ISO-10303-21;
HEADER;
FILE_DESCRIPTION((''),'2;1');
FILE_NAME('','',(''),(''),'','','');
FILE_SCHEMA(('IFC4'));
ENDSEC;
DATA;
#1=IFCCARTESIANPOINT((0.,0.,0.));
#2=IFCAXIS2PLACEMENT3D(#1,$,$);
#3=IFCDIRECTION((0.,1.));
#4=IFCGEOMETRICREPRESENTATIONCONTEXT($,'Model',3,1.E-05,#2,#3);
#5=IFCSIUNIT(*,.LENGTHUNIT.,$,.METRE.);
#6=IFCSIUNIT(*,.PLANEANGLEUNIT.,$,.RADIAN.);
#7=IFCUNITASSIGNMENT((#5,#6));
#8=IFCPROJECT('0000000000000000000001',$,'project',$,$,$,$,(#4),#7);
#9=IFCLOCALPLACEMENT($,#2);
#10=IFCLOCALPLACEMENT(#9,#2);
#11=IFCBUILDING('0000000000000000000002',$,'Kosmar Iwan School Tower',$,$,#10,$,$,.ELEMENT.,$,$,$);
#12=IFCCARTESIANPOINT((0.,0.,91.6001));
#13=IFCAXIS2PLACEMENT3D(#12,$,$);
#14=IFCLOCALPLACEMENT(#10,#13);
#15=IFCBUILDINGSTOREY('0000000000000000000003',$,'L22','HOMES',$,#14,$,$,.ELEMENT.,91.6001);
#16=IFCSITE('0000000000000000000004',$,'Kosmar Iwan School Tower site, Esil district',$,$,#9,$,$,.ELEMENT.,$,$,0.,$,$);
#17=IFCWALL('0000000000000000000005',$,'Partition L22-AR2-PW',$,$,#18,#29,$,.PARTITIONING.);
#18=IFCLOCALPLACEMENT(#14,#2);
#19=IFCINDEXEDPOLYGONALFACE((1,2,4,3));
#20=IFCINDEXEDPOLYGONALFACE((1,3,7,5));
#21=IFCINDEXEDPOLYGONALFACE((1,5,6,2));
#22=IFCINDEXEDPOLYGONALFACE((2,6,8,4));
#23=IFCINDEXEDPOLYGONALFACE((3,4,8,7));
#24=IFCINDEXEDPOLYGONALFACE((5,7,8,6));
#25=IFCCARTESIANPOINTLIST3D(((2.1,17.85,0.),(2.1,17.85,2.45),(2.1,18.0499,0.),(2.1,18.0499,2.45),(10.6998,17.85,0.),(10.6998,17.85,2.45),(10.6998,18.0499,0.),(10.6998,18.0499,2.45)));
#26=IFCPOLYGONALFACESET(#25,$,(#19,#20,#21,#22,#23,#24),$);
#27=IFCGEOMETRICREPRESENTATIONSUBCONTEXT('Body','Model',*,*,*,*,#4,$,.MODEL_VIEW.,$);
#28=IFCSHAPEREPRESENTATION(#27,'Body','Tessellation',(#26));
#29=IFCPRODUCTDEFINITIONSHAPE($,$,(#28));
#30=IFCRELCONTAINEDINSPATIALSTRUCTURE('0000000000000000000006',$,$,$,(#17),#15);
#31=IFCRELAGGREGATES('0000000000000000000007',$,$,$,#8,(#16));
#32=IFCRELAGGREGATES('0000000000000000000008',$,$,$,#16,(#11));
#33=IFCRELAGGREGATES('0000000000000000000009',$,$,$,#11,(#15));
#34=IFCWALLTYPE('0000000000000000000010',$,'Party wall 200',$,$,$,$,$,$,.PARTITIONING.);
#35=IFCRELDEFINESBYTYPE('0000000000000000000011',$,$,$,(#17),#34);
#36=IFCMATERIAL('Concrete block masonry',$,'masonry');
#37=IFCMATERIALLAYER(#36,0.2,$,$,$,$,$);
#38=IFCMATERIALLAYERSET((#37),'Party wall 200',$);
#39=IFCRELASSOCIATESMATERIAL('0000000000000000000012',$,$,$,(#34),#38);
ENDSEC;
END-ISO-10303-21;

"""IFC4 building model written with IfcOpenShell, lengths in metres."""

from ifc_helpers import new_model, si_unit, direction, frame, frame_2d, origin, place, context, subcontext, project, spatial, rectangle, extrude, material, layer, layer_set, type_object, element, save


model = new_model("IFC4")

# Units and contexts
model_context = context("Model", 3, precision=1e-05, world=origin(), true_north=direction((0.0, 1.0)))
body_context = subcontext(model_context, "Body", "Model", "MODEL_VIEW")
ifc_project = project(units=[si_unit("LENGTHUNIT", "METRE"), si_unit("PLANEANGLEUNIT", "RADIAN")], contexts=[model_context])

# Site, building, storey
site_placement = place(None, origin())
site = spatial("IfcSite", under=ifc_project, at=site_placement, Name="Kosmar Iwan School Tower site, Esil district", CompositionType="ELEMENT", RefElevation=0.0)
building_placement = place(site_placement, origin())
building = spatial("IfcBuilding", under=site, at=building_placement, Name="Kosmar Iwan School Tower", CompositionType="ELEMENT")
storey_placement = place(building_placement, frame((0.0, 0.0, 91.6001)))
storey = spatial("IfcBuildingStorey", under=building, at=storey_placement, Name="L22", Description="HOMES", CompositionType="ELEMENT", Elevation=91.6001)

# Wall
ifc_material_1 = material(Name="Concrete block masonry", Category="masonry")
ifc_layer_1 = layer(ifc_material_1, 0.2)
ifc_layer_set_1 = layer_set([ifc_layer_1], Name="Party wall 200")
wall_type_1 = type_object("IfcWallType", Name="Party wall 200", PredefinedType="PARTITIONING", material=ifc_layer_set_1)
wall_1_placement = place(storey_placement, frame((2.1001, 17.95, 0.0), z_axis=(0.0, 0.0, 1.0), x_axis=(1.0, 0.0, 0.0)))
element("IfcWall", 1, at=wall_1_placement, inside=storey, type_object=wall_type_1, Name="Partition L22-AR2-PW", PredefinedType="PARTITIONING", context=body_context, shape_type="SweptSolid", body=[
    extrude(rectangle(XDim=8.5999, YDim=0.2, at=frame_2d((4.2998, 0.0))), origin(), (0.0, 0.0, 1.0), 2.45),
])

save(model, "model.ifc")
